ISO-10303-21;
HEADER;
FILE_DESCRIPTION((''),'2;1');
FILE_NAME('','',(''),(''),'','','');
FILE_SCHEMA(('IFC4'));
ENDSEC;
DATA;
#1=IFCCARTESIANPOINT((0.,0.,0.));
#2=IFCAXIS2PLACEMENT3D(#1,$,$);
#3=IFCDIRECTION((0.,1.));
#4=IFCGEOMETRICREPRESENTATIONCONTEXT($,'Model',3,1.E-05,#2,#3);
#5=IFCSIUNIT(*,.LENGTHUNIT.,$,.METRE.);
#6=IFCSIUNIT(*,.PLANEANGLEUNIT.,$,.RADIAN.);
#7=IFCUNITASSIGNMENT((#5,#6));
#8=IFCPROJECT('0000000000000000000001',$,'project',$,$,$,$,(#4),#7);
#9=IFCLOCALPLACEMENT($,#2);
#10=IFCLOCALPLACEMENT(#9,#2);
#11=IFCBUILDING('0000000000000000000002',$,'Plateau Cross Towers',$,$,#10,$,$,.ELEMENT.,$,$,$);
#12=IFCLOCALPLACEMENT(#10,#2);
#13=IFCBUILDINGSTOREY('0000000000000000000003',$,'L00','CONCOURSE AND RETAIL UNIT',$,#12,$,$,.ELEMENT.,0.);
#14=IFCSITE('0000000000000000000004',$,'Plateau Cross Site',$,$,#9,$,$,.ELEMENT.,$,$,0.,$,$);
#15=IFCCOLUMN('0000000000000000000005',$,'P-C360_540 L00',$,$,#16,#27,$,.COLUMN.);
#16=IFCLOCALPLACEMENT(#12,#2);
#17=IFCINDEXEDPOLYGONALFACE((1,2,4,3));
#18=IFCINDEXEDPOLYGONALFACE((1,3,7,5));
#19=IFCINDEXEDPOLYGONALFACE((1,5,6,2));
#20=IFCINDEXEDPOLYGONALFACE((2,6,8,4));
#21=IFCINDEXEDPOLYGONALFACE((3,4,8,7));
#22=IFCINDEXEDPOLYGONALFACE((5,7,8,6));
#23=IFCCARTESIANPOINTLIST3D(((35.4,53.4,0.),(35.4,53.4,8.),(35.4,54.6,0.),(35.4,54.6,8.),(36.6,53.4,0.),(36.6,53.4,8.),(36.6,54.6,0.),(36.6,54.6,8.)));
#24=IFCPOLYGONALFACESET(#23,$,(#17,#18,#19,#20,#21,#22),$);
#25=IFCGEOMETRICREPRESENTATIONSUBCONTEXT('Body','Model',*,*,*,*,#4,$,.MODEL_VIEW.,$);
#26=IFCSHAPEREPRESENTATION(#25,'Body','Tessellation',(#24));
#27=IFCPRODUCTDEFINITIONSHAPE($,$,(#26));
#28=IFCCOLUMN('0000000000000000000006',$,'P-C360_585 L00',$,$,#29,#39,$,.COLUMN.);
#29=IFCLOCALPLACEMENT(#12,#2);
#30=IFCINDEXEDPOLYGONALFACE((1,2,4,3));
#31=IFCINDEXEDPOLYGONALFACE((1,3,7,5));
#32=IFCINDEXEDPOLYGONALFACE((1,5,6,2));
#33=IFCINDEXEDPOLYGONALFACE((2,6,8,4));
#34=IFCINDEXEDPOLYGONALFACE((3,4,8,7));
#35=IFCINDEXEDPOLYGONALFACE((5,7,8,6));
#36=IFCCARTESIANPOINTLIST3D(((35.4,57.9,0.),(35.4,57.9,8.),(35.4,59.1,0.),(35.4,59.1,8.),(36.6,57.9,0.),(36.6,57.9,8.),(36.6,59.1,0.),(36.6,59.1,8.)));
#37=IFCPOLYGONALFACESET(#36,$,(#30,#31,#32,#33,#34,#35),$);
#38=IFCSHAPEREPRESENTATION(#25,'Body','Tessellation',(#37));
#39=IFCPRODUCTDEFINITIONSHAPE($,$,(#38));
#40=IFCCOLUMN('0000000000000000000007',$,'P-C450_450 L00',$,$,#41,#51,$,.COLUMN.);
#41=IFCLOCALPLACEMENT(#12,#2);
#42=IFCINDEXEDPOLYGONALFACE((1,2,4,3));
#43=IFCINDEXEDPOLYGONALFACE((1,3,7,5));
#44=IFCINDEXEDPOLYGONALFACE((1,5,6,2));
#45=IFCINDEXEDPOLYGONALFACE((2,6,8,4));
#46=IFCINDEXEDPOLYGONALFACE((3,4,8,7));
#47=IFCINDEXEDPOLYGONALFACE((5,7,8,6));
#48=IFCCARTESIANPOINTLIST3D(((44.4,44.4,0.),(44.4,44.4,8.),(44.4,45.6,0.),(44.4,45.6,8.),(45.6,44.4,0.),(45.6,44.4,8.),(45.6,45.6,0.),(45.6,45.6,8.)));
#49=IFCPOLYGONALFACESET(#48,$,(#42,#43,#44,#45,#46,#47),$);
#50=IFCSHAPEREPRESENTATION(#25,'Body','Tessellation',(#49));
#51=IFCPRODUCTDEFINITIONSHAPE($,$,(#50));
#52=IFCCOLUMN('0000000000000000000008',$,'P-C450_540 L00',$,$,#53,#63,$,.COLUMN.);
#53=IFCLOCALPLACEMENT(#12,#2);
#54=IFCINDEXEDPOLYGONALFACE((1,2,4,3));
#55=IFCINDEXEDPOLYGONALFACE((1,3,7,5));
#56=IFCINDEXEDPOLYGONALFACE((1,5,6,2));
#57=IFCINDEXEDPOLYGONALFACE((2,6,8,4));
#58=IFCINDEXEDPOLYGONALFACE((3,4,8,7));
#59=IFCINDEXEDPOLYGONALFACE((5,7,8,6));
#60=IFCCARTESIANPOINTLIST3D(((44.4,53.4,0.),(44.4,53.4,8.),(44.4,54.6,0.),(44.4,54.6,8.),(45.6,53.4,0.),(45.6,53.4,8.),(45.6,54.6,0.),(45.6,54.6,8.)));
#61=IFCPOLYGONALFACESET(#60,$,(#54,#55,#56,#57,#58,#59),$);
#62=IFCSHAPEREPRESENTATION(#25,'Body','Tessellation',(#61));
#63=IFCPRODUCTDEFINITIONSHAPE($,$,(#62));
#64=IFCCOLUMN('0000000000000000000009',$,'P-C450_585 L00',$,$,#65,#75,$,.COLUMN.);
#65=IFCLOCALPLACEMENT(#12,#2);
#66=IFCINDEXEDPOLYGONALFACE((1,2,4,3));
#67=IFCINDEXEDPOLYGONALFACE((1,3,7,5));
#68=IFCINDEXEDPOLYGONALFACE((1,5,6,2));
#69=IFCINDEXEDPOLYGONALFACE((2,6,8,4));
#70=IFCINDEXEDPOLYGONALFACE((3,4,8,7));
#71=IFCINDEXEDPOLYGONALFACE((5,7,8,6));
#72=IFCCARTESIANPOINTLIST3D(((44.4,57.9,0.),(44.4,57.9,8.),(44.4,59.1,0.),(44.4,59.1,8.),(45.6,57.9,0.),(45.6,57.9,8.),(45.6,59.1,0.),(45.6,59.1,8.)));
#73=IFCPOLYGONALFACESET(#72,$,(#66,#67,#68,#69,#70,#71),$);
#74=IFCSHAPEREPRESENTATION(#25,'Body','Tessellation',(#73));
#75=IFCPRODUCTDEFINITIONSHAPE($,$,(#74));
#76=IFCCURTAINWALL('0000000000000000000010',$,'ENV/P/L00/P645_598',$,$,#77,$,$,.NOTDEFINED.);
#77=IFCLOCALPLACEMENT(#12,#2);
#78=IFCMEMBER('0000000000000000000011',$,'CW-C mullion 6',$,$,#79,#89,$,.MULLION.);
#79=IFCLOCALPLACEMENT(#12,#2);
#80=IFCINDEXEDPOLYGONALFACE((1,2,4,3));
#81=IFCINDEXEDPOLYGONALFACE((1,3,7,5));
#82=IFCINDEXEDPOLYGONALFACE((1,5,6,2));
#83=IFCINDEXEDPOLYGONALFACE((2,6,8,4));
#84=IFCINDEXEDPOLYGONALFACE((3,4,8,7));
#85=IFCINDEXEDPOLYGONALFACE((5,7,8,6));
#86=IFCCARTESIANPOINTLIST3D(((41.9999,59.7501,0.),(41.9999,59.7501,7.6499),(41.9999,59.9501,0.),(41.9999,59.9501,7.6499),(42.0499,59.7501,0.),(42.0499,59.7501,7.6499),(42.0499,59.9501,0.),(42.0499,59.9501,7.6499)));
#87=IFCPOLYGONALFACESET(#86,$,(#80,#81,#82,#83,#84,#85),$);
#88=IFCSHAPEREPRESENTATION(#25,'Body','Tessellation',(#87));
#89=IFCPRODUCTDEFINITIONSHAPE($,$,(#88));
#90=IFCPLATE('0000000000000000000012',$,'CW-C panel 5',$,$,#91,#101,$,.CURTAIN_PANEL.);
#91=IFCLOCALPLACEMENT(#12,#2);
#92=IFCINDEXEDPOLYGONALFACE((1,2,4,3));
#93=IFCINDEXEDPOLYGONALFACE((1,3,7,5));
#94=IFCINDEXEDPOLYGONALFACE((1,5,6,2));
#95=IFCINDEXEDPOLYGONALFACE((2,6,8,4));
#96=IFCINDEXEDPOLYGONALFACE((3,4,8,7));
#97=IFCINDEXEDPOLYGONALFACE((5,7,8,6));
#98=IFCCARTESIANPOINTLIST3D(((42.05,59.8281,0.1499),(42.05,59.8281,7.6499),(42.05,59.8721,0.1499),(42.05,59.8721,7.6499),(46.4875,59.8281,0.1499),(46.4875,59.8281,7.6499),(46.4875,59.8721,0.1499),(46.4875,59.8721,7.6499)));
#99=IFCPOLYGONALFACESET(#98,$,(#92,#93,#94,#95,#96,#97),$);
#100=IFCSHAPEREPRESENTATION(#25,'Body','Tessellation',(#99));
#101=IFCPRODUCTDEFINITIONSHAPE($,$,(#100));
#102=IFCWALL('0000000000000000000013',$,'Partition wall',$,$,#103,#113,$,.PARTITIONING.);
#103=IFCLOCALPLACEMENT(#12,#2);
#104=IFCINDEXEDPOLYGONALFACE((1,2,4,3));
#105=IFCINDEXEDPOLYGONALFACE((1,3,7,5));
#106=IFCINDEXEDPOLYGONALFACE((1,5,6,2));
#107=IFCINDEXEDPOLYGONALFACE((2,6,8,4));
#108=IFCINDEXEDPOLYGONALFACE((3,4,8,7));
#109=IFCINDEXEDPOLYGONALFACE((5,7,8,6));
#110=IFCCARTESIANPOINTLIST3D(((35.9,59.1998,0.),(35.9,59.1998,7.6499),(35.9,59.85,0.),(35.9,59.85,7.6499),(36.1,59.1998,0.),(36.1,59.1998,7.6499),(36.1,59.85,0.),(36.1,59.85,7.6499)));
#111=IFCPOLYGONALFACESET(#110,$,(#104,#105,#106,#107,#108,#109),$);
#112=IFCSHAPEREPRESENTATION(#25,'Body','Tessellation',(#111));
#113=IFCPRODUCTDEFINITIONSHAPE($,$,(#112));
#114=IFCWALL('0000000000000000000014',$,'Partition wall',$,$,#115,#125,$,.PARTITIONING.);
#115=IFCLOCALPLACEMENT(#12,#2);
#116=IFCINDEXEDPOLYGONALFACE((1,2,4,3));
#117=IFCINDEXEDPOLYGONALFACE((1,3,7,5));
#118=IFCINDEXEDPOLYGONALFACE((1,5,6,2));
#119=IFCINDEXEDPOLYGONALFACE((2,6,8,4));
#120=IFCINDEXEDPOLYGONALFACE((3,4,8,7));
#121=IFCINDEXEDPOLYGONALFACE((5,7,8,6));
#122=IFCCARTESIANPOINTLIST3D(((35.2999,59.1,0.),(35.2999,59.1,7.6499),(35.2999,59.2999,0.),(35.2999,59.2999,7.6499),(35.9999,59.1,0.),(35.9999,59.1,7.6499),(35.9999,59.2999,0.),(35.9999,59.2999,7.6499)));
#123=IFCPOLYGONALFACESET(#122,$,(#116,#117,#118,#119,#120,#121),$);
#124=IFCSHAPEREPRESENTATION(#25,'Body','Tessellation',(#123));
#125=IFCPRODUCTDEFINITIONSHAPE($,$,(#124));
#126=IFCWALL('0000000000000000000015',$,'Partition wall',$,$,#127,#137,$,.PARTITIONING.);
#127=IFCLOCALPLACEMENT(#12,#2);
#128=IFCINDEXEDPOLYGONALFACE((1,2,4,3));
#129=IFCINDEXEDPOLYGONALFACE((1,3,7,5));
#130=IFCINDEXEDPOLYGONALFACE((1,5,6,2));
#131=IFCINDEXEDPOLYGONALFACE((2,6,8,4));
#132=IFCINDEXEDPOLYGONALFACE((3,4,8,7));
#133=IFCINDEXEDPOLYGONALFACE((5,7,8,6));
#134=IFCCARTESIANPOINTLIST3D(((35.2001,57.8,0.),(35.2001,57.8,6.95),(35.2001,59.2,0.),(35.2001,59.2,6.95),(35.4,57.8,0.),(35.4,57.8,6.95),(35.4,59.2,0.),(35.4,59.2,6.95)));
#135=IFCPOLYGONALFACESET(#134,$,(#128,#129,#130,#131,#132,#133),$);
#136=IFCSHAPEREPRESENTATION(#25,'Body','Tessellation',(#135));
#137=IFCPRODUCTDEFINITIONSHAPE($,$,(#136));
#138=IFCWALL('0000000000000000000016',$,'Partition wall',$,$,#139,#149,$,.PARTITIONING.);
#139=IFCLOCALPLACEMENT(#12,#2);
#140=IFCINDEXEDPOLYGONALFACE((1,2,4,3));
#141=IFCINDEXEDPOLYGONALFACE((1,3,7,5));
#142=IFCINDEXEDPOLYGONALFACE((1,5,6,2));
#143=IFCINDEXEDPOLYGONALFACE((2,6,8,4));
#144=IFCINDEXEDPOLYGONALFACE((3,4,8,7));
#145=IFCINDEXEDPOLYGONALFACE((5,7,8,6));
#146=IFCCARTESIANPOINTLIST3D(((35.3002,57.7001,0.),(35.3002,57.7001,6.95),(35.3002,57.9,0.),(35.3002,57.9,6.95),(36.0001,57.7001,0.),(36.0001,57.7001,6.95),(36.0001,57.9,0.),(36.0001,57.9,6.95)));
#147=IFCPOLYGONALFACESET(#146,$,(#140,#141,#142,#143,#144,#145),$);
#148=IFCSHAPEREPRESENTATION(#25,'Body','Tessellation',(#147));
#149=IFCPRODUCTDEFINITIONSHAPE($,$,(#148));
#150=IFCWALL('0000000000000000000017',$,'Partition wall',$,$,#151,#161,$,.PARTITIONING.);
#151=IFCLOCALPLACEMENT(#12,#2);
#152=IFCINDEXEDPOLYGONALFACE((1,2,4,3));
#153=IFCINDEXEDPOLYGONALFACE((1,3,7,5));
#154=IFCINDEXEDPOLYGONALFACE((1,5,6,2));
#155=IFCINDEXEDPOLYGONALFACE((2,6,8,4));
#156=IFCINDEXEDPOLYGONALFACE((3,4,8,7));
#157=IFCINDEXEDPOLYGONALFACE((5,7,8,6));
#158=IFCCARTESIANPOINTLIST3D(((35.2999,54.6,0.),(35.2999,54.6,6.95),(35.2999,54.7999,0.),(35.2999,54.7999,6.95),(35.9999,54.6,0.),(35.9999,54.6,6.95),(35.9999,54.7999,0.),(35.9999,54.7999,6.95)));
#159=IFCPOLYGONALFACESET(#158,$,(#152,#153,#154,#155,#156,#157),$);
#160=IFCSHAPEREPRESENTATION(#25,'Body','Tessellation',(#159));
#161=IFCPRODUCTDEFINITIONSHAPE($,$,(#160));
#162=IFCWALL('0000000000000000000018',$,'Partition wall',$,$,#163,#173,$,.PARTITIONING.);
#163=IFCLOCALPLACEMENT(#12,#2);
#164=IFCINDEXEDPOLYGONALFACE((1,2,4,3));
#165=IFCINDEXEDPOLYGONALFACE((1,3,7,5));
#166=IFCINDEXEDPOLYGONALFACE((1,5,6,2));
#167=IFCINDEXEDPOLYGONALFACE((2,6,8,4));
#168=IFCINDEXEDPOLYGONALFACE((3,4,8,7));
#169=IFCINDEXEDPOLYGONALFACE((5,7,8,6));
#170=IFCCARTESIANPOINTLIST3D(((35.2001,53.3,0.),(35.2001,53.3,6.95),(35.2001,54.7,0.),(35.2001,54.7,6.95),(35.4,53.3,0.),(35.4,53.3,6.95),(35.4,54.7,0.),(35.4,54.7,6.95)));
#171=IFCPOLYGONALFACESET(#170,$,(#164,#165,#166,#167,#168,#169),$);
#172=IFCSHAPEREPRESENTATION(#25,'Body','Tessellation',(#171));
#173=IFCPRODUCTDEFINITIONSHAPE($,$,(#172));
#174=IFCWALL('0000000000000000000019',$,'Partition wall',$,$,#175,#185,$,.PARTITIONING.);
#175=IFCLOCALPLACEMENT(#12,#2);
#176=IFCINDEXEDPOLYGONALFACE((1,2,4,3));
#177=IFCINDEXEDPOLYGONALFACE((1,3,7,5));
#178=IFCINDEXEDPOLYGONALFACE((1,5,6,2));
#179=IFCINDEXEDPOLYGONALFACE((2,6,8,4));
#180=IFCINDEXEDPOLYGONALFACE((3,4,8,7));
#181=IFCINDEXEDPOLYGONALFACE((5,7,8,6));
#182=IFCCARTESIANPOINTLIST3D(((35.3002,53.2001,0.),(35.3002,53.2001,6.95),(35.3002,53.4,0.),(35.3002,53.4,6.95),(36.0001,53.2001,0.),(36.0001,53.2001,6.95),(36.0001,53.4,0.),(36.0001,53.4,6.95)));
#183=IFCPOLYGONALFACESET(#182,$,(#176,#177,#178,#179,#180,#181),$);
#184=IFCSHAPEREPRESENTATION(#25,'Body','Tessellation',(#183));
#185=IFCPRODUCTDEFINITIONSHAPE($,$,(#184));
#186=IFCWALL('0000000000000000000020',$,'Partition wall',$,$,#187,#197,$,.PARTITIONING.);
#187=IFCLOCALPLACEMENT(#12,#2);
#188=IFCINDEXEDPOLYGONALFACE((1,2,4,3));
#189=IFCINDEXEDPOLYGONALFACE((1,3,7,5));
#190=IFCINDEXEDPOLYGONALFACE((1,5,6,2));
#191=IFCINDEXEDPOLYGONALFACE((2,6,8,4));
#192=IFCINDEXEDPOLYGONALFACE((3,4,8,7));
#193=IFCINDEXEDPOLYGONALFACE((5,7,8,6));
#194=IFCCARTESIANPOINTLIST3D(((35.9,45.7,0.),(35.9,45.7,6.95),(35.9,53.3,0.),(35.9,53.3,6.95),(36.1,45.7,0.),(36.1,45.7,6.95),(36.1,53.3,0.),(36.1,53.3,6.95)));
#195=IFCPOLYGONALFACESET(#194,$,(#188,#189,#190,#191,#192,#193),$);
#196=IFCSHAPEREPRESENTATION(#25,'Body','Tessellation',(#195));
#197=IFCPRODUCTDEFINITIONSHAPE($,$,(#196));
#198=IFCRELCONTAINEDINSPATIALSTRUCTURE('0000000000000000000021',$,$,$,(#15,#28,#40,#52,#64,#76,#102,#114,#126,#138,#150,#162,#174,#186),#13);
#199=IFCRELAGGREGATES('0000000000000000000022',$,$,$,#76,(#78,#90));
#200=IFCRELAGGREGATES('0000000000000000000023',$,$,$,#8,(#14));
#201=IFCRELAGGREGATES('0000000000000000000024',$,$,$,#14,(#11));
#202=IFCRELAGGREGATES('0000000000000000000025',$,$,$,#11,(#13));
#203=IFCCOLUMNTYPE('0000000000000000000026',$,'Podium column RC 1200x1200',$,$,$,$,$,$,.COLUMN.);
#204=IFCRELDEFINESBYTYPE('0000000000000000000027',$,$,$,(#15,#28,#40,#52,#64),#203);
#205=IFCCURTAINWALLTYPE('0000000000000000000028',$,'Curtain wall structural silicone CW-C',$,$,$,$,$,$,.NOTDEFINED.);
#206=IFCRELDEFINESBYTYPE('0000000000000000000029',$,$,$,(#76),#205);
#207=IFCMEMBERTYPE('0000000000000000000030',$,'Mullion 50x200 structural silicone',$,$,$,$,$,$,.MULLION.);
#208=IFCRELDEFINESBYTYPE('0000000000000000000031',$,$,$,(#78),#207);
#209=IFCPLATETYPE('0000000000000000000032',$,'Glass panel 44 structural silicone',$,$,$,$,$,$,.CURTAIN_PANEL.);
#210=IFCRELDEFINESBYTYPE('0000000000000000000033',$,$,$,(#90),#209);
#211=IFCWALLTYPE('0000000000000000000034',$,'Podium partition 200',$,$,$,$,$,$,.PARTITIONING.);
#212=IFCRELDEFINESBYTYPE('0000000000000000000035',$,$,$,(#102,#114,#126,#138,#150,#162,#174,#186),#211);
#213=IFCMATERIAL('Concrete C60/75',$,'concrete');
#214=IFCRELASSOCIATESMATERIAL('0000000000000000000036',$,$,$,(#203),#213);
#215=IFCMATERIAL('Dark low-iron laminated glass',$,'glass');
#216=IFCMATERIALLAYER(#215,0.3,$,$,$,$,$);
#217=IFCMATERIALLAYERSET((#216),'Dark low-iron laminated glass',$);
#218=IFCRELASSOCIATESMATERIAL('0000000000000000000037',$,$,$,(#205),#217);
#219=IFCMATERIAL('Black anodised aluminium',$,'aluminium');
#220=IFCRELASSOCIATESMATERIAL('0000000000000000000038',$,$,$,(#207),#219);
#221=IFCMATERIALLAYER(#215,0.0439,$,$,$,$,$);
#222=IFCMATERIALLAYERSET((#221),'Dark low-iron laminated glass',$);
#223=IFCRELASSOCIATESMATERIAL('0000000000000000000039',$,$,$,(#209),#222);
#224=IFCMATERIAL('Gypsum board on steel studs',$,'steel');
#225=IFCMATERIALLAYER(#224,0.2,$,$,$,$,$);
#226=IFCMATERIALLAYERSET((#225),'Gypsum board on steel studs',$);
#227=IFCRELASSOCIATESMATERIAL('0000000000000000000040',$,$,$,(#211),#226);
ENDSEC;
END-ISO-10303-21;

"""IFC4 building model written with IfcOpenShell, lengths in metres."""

from ifc_helpers import new_model, si_unit, direction, frame, frame_2d, origin, origin_2d, place, context, subcontext, project, spatial, rectangle, extrude, material, layer, layer_set, material_profile, profile_set, type_object, element, aggregate, save


model = new_model("IFC4")

# Units and contexts
model_context = context("Model", 3, precision=1e-05, world=origin(), true_north=direction((0.0, 1.0)))
body_context = subcontext(model_context, "Body", "Model", "MODEL_VIEW")
ifc_project = project(units=[si_unit("LENGTHUNIT", "METRE"), si_unit("PLANEANGLEUNIT", "RADIAN")], contexts=[model_context])

# Site, building, storey
site_placement = place(None, origin())
site = spatial("IfcSite", under=ifc_project, at=site_placement, Name="Plateau Cross Site", CompositionType="ELEMENT", RefElevation=0.0)
building_placement = place(site_placement, origin())
building = spatial("IfcBuilding", under=site, at=building_placement, Name="Plateau Cross Towers", CompositionType="ELEMENT")
storey_placement = place(building_placement, origin())
storey = spatial("IfcBuildingStorey", under=building, at=storey_placement, Name="L00", Description="CONCOURSE AND RETAIL UNIT", CompositionType="ELEMENT", Elevation=0.0)

# Columns
ifc_material_1 = material(Name="Concrete C60/75", Category="concrete")
ifc_material_profile_1 = material_profile(ifc_material_1, rectangle(XDim=1.2, YDim=1.2, at=origin_2d()), Name="RC 1200x1200")
ifc_profile_set_1 = profile_set([ifc_material_profile_1], Name="Concrete C60/75")
column_type = type_object("IfcColumnType", Name="Podium column RC 1200x1200", PredefinedType="COLUMN", material=ifc_profile_set_1)
for number, where, z_axis, x_axis, name in (
    (1, (36.0, 54.0, 0.0), (0.0, 0.0, 1.0), (1.0, 0.0, 0.0), "P-C360_540 L00"),
    (2, (36.0, 58.5, 0.0), (0.0, 0.0, 1.0), (1.0, 0.0, 0.0), "P-C360_585 L00"),
    (3, (45.0, 45.0, 0.0), (0.0, 0.0, 1.0), (1.0, 0.0, 0.0), "P-C450_450 L00"),
    (4, (45.0, 54.0, 0.0), (0.0, 0.0, 1.0), (1.0, 0.0, 0.0), "P-C450_540 L00"),
    (5, (45.0, 58.5, 0.0), (0.0, 0.0, 1.0), (1.0, 0.0, 0.0), "P-C450_585 L00"),
):
    element("IfcColumn", number, at=place(storey_placement, frame(where, z_axis=z_axis, x_axis=x_axis)), inside=storey, type_object=column_type, Name=name, PredefinedType="COLUMN", context=body_context, shape_type="SweptSolid", body=[
        extrude(rectangle(XDim=1.2, YDim=1.2, at=origin_2d()), origin(), (0.0, 0.0, 1.0), 8.0),
    ])

# Curtain wall, member, plate
ifc_material_2 = material(Name="Dark low-iron laminated glass", Category="glass")
ifc_layer_1 = layer(ifc_material_2, 0.3)
ifc_layer_set_1 = layer_set([ifc_layer_1], Name="Dark low-iron laminated glass")
curtain_wall_type = type_object("IfcCurtainWallType", Name="Curtain wall structural silicone CW-C", PredefinedType="NOTDEFINED", material=ifc_layer_set_1)
curtain_wall_placement = place(storey_placement, origin())
curtain_wall = element("IfcCurtainWall", 6, at=curtain_wall_placement, inside=storey, type_object=curtain_wall_type, Name="ENV/P/L00/P645_598", PredefinedType="NOTDEFINED")
ifc_material_3 = material(Name="Black anodised aluminium", Category="aluminium")
ifc_material_profile_2 = material_profile(ifc_material_3, rectangle(XDim=0.05, YDim=0.2, at=origin_2d()), Name="MULLION 50x200")
ifc_profile_set_2 = profile_set([ifc_material_profile_2], Name="Black anodised aluminium")
member_type = type_object("IfcMemberType", Name="Mullion 50x200 structural silicone", PredefinedType="MULLION", material=ifc_profile_set_2)
member_placement = place(storey_placement, frame((42.0249, 59.8501, 0.0), z_axis=(0.0, 0.0, 1.0), x_axis=(-1.0, 0.0, 0.0)))
member = element("IfcMember", 7, at=member_placement, type_object=member_type, Name="CW-C mullion 6", PredefinedType="MULLION", context=body_context, shape_type="SweptSolid", body=[
    extrude(rectangle(XDim=0.05, YDim=0.2, at=origin_2d()), origin(), (0.0, 0.0, 1.0), 7.6499),
])
ifc_layer_2 = layer(ifc_material_2, 0.0439)
ifc_layer_set_2 = layer_set([ifc_layer_2], Name="Dark low-iron laminated glass")
plate_type = type_object("IfcPlateType", Name="Glass panel 44 structural silicone", PredefinedType="CURTAIN_PANEL", material=ifc_layer_set_2)
plate_placement = place(storey_placement, frame((44.2688, 59.8501, 0.1499), z_axis=(0.0, 0.0, 1.0), x_axis=(-1.0, 0.0, 0.0)))
plate = element("IfcPlate", 8, at=plate_placement, type_object=plate_type, Name="CW-C panel 5", PredefinedType="CURTAIN_PANEL", context=body_context, shape_type="SweptSolid", body=[
    extrude(rectangle(XDim=4.4375, YDim=0.0439, at=origin_2d()), origin(), (0.0, 0.0, 1.0), 7.5),
])
aggregate(curtain_wall, [member, plate])

# Walls
ifc_material_4 = material(Name="Gypsum board on steel studs", Category="steel")
ifc_layer_3 = layer(ifc_material_4, 0.2)
ifc_layer_set_3 = layer_set([ifc_layer_3], Name="Gypsum board on steel studs")
wall_type_1 = type_object("IfcWallType", Name="Podium partition 200", PredefinedType="PARTITIONING", material=ifc_layer_set_3)
wall_1_placement = place(storey_placement, frame((36.0, 59.8501, 0.0), z_axis=(0.0, 0.0, 1.0), x_axis=(0.0, -1.0, 0.0)))
element("IfcWall", 9, at=wall_1_placement, inside=storey, type_object=wall_type_1, Name="Partition wall", PredefinedType="PARTITIONING", context=body_context, shape_type="SweptSolid", body=[
    extrude(rectangle(XDim=0.6501, YDim=0.2, at=frame_2d((0.3252, 0.0))), origin(), (0.0, 0.0, 1.0), 7.6499),
])
wall_2_placement = place(storey_placement, frame((36.0, 59.2, 0.0), z_axis=(0.0, 0.0, 1.0), x_axis=(-1.0, 0.0, 0.0)))
element("IfcWall", 10, at=wall_2_placement, inside=storey, type_object=wall_type_1, Name="Partition wall", PredefinedType="PARTITIONING", context=body_context, shape_type="SweptSolid", body=[
    extrude(rectangle(XDim=0.7, YDim=0.2, at=frame_2d((0.3501, 0.0))), origin(), (0.0, 0.0, 1.0), 7.6499),
])
wall_3_placement = place(storey_placement, frame((35.3, 59.2, 0.0), z_axis=(0.0, 0.0, 1.0), x_axis=(0.0, -1.0, 0.0)))
element("IfcWall", 11, at=wall_3_placement, inside=storey, type_object=wall_type_1, Name="Partition wall", PredefinedType="PARTITIONING", context=body_context, shape_type="SweptSolid", body=[
    extrude(rectangle(XDim=1.3999, YDim=0.2, at=frame_2d((0.7, 0.0))), origin(), (0.0, 0.0, 1.0), 6.95),
])
wall_4_placement = place(storey_placement, frame((35.3, 57.8, 0.0), z_axis=(0.0, 0.0, 1.0), x_axis=(1.0, 0.0, 0.0)))
element("IfcWall", 12, at=wall_4_placement, inside=storey, type_object=wall_type_1, Name="Partition wall", PredefinedType="PARTITIONING", context=body_context, shape_type="SweptSolid", body=[
    extrude(rectangle(XDim=0.7, YDim=0.2, at=frame_2d((0.3501, 0.0))), origin(), (0.0, 0.0, 1.0), 6.95),
])

# Walls
wall_5_placement = place(storey_placement, frame((36.0, 54.7, 0.0), z_axis=(0.0, 0.0, 1.0), x_axis=(-1.0, 0.0, 0.0)))
element("IfcWall", 13, at=wall_5_placement, inside=storey, type_object=wall_type_1, Name="Partition wall", PredefinedType="PARTITIONING", context=body_context, shape_type="SweptSolid", body=[
    extrude(rectangle(XDim=0.7, YDim=0.2, at=frame_2d((0.3501, 0.0))), origin(), (0.0, 0.0, 1.0), 6.95),
])
wall_6_placement = place(storey_placement, frame((35.3, 54.7, 0.0), z_axis=(0.0, 0.0, 1.0), x_axis=(0.0, -1.0, 0.0)))
element("IfcWall", 14, at=wall_6_placement, inside=storey, type_object=wall_type_1, Name="Partition wall", PredefinedType="PARTITIONING", context=body_context, shape_type="SweptSolid", body=[
    extrude(rectangle(XDim=1.3999, YDim=0.2, at=frame_2d((0.7, 0.0))), origin(), (0.0, 0.0, 1.0), 6.95),
])
wall_7_placement = place(storey_placement, frame((35.3, 53.3, 0.0), z_axis=(0.0, 0.0, 1.0), x_axis=(1.0, 0.0, 0.0)))
element("IfcWall", 15, at=wall_7_placement, inside=storey, type_object=wall_type_1, Name="Partition wall", PredefinedType="PARTITIONING", context=body_context, shape_type="SweptSolid", body=[
    extrude(rectangle(XDim=0.7, YDim=0.2, at=frame_2d((0.3501, 0.0))), origin(), (0.0, 0.0, 1.0), 6.95),
])
wall_8_placement = place(storey_placement, frame((36.0, 53.3, 0.0), z_axis=(0.0, 0.0, 1.0), x_axis=(0.0, -1.0, 0.0)))
element("IfcWall", 16, at=wall_8_placement, inside=storey, type_object=wall_type_1, Name="Partition wall", PredefinedType="PARTITIONING", context=body_context, shape_type="SweptSolid", body=[
    extrude(rectangle(XDim=7.6001, YDim=0.2, at=frame_2d((3.8, 0.0))), origin(), (0.0, 0.0, 1.0), 6.95),
])

save(model, "model.ifc")
